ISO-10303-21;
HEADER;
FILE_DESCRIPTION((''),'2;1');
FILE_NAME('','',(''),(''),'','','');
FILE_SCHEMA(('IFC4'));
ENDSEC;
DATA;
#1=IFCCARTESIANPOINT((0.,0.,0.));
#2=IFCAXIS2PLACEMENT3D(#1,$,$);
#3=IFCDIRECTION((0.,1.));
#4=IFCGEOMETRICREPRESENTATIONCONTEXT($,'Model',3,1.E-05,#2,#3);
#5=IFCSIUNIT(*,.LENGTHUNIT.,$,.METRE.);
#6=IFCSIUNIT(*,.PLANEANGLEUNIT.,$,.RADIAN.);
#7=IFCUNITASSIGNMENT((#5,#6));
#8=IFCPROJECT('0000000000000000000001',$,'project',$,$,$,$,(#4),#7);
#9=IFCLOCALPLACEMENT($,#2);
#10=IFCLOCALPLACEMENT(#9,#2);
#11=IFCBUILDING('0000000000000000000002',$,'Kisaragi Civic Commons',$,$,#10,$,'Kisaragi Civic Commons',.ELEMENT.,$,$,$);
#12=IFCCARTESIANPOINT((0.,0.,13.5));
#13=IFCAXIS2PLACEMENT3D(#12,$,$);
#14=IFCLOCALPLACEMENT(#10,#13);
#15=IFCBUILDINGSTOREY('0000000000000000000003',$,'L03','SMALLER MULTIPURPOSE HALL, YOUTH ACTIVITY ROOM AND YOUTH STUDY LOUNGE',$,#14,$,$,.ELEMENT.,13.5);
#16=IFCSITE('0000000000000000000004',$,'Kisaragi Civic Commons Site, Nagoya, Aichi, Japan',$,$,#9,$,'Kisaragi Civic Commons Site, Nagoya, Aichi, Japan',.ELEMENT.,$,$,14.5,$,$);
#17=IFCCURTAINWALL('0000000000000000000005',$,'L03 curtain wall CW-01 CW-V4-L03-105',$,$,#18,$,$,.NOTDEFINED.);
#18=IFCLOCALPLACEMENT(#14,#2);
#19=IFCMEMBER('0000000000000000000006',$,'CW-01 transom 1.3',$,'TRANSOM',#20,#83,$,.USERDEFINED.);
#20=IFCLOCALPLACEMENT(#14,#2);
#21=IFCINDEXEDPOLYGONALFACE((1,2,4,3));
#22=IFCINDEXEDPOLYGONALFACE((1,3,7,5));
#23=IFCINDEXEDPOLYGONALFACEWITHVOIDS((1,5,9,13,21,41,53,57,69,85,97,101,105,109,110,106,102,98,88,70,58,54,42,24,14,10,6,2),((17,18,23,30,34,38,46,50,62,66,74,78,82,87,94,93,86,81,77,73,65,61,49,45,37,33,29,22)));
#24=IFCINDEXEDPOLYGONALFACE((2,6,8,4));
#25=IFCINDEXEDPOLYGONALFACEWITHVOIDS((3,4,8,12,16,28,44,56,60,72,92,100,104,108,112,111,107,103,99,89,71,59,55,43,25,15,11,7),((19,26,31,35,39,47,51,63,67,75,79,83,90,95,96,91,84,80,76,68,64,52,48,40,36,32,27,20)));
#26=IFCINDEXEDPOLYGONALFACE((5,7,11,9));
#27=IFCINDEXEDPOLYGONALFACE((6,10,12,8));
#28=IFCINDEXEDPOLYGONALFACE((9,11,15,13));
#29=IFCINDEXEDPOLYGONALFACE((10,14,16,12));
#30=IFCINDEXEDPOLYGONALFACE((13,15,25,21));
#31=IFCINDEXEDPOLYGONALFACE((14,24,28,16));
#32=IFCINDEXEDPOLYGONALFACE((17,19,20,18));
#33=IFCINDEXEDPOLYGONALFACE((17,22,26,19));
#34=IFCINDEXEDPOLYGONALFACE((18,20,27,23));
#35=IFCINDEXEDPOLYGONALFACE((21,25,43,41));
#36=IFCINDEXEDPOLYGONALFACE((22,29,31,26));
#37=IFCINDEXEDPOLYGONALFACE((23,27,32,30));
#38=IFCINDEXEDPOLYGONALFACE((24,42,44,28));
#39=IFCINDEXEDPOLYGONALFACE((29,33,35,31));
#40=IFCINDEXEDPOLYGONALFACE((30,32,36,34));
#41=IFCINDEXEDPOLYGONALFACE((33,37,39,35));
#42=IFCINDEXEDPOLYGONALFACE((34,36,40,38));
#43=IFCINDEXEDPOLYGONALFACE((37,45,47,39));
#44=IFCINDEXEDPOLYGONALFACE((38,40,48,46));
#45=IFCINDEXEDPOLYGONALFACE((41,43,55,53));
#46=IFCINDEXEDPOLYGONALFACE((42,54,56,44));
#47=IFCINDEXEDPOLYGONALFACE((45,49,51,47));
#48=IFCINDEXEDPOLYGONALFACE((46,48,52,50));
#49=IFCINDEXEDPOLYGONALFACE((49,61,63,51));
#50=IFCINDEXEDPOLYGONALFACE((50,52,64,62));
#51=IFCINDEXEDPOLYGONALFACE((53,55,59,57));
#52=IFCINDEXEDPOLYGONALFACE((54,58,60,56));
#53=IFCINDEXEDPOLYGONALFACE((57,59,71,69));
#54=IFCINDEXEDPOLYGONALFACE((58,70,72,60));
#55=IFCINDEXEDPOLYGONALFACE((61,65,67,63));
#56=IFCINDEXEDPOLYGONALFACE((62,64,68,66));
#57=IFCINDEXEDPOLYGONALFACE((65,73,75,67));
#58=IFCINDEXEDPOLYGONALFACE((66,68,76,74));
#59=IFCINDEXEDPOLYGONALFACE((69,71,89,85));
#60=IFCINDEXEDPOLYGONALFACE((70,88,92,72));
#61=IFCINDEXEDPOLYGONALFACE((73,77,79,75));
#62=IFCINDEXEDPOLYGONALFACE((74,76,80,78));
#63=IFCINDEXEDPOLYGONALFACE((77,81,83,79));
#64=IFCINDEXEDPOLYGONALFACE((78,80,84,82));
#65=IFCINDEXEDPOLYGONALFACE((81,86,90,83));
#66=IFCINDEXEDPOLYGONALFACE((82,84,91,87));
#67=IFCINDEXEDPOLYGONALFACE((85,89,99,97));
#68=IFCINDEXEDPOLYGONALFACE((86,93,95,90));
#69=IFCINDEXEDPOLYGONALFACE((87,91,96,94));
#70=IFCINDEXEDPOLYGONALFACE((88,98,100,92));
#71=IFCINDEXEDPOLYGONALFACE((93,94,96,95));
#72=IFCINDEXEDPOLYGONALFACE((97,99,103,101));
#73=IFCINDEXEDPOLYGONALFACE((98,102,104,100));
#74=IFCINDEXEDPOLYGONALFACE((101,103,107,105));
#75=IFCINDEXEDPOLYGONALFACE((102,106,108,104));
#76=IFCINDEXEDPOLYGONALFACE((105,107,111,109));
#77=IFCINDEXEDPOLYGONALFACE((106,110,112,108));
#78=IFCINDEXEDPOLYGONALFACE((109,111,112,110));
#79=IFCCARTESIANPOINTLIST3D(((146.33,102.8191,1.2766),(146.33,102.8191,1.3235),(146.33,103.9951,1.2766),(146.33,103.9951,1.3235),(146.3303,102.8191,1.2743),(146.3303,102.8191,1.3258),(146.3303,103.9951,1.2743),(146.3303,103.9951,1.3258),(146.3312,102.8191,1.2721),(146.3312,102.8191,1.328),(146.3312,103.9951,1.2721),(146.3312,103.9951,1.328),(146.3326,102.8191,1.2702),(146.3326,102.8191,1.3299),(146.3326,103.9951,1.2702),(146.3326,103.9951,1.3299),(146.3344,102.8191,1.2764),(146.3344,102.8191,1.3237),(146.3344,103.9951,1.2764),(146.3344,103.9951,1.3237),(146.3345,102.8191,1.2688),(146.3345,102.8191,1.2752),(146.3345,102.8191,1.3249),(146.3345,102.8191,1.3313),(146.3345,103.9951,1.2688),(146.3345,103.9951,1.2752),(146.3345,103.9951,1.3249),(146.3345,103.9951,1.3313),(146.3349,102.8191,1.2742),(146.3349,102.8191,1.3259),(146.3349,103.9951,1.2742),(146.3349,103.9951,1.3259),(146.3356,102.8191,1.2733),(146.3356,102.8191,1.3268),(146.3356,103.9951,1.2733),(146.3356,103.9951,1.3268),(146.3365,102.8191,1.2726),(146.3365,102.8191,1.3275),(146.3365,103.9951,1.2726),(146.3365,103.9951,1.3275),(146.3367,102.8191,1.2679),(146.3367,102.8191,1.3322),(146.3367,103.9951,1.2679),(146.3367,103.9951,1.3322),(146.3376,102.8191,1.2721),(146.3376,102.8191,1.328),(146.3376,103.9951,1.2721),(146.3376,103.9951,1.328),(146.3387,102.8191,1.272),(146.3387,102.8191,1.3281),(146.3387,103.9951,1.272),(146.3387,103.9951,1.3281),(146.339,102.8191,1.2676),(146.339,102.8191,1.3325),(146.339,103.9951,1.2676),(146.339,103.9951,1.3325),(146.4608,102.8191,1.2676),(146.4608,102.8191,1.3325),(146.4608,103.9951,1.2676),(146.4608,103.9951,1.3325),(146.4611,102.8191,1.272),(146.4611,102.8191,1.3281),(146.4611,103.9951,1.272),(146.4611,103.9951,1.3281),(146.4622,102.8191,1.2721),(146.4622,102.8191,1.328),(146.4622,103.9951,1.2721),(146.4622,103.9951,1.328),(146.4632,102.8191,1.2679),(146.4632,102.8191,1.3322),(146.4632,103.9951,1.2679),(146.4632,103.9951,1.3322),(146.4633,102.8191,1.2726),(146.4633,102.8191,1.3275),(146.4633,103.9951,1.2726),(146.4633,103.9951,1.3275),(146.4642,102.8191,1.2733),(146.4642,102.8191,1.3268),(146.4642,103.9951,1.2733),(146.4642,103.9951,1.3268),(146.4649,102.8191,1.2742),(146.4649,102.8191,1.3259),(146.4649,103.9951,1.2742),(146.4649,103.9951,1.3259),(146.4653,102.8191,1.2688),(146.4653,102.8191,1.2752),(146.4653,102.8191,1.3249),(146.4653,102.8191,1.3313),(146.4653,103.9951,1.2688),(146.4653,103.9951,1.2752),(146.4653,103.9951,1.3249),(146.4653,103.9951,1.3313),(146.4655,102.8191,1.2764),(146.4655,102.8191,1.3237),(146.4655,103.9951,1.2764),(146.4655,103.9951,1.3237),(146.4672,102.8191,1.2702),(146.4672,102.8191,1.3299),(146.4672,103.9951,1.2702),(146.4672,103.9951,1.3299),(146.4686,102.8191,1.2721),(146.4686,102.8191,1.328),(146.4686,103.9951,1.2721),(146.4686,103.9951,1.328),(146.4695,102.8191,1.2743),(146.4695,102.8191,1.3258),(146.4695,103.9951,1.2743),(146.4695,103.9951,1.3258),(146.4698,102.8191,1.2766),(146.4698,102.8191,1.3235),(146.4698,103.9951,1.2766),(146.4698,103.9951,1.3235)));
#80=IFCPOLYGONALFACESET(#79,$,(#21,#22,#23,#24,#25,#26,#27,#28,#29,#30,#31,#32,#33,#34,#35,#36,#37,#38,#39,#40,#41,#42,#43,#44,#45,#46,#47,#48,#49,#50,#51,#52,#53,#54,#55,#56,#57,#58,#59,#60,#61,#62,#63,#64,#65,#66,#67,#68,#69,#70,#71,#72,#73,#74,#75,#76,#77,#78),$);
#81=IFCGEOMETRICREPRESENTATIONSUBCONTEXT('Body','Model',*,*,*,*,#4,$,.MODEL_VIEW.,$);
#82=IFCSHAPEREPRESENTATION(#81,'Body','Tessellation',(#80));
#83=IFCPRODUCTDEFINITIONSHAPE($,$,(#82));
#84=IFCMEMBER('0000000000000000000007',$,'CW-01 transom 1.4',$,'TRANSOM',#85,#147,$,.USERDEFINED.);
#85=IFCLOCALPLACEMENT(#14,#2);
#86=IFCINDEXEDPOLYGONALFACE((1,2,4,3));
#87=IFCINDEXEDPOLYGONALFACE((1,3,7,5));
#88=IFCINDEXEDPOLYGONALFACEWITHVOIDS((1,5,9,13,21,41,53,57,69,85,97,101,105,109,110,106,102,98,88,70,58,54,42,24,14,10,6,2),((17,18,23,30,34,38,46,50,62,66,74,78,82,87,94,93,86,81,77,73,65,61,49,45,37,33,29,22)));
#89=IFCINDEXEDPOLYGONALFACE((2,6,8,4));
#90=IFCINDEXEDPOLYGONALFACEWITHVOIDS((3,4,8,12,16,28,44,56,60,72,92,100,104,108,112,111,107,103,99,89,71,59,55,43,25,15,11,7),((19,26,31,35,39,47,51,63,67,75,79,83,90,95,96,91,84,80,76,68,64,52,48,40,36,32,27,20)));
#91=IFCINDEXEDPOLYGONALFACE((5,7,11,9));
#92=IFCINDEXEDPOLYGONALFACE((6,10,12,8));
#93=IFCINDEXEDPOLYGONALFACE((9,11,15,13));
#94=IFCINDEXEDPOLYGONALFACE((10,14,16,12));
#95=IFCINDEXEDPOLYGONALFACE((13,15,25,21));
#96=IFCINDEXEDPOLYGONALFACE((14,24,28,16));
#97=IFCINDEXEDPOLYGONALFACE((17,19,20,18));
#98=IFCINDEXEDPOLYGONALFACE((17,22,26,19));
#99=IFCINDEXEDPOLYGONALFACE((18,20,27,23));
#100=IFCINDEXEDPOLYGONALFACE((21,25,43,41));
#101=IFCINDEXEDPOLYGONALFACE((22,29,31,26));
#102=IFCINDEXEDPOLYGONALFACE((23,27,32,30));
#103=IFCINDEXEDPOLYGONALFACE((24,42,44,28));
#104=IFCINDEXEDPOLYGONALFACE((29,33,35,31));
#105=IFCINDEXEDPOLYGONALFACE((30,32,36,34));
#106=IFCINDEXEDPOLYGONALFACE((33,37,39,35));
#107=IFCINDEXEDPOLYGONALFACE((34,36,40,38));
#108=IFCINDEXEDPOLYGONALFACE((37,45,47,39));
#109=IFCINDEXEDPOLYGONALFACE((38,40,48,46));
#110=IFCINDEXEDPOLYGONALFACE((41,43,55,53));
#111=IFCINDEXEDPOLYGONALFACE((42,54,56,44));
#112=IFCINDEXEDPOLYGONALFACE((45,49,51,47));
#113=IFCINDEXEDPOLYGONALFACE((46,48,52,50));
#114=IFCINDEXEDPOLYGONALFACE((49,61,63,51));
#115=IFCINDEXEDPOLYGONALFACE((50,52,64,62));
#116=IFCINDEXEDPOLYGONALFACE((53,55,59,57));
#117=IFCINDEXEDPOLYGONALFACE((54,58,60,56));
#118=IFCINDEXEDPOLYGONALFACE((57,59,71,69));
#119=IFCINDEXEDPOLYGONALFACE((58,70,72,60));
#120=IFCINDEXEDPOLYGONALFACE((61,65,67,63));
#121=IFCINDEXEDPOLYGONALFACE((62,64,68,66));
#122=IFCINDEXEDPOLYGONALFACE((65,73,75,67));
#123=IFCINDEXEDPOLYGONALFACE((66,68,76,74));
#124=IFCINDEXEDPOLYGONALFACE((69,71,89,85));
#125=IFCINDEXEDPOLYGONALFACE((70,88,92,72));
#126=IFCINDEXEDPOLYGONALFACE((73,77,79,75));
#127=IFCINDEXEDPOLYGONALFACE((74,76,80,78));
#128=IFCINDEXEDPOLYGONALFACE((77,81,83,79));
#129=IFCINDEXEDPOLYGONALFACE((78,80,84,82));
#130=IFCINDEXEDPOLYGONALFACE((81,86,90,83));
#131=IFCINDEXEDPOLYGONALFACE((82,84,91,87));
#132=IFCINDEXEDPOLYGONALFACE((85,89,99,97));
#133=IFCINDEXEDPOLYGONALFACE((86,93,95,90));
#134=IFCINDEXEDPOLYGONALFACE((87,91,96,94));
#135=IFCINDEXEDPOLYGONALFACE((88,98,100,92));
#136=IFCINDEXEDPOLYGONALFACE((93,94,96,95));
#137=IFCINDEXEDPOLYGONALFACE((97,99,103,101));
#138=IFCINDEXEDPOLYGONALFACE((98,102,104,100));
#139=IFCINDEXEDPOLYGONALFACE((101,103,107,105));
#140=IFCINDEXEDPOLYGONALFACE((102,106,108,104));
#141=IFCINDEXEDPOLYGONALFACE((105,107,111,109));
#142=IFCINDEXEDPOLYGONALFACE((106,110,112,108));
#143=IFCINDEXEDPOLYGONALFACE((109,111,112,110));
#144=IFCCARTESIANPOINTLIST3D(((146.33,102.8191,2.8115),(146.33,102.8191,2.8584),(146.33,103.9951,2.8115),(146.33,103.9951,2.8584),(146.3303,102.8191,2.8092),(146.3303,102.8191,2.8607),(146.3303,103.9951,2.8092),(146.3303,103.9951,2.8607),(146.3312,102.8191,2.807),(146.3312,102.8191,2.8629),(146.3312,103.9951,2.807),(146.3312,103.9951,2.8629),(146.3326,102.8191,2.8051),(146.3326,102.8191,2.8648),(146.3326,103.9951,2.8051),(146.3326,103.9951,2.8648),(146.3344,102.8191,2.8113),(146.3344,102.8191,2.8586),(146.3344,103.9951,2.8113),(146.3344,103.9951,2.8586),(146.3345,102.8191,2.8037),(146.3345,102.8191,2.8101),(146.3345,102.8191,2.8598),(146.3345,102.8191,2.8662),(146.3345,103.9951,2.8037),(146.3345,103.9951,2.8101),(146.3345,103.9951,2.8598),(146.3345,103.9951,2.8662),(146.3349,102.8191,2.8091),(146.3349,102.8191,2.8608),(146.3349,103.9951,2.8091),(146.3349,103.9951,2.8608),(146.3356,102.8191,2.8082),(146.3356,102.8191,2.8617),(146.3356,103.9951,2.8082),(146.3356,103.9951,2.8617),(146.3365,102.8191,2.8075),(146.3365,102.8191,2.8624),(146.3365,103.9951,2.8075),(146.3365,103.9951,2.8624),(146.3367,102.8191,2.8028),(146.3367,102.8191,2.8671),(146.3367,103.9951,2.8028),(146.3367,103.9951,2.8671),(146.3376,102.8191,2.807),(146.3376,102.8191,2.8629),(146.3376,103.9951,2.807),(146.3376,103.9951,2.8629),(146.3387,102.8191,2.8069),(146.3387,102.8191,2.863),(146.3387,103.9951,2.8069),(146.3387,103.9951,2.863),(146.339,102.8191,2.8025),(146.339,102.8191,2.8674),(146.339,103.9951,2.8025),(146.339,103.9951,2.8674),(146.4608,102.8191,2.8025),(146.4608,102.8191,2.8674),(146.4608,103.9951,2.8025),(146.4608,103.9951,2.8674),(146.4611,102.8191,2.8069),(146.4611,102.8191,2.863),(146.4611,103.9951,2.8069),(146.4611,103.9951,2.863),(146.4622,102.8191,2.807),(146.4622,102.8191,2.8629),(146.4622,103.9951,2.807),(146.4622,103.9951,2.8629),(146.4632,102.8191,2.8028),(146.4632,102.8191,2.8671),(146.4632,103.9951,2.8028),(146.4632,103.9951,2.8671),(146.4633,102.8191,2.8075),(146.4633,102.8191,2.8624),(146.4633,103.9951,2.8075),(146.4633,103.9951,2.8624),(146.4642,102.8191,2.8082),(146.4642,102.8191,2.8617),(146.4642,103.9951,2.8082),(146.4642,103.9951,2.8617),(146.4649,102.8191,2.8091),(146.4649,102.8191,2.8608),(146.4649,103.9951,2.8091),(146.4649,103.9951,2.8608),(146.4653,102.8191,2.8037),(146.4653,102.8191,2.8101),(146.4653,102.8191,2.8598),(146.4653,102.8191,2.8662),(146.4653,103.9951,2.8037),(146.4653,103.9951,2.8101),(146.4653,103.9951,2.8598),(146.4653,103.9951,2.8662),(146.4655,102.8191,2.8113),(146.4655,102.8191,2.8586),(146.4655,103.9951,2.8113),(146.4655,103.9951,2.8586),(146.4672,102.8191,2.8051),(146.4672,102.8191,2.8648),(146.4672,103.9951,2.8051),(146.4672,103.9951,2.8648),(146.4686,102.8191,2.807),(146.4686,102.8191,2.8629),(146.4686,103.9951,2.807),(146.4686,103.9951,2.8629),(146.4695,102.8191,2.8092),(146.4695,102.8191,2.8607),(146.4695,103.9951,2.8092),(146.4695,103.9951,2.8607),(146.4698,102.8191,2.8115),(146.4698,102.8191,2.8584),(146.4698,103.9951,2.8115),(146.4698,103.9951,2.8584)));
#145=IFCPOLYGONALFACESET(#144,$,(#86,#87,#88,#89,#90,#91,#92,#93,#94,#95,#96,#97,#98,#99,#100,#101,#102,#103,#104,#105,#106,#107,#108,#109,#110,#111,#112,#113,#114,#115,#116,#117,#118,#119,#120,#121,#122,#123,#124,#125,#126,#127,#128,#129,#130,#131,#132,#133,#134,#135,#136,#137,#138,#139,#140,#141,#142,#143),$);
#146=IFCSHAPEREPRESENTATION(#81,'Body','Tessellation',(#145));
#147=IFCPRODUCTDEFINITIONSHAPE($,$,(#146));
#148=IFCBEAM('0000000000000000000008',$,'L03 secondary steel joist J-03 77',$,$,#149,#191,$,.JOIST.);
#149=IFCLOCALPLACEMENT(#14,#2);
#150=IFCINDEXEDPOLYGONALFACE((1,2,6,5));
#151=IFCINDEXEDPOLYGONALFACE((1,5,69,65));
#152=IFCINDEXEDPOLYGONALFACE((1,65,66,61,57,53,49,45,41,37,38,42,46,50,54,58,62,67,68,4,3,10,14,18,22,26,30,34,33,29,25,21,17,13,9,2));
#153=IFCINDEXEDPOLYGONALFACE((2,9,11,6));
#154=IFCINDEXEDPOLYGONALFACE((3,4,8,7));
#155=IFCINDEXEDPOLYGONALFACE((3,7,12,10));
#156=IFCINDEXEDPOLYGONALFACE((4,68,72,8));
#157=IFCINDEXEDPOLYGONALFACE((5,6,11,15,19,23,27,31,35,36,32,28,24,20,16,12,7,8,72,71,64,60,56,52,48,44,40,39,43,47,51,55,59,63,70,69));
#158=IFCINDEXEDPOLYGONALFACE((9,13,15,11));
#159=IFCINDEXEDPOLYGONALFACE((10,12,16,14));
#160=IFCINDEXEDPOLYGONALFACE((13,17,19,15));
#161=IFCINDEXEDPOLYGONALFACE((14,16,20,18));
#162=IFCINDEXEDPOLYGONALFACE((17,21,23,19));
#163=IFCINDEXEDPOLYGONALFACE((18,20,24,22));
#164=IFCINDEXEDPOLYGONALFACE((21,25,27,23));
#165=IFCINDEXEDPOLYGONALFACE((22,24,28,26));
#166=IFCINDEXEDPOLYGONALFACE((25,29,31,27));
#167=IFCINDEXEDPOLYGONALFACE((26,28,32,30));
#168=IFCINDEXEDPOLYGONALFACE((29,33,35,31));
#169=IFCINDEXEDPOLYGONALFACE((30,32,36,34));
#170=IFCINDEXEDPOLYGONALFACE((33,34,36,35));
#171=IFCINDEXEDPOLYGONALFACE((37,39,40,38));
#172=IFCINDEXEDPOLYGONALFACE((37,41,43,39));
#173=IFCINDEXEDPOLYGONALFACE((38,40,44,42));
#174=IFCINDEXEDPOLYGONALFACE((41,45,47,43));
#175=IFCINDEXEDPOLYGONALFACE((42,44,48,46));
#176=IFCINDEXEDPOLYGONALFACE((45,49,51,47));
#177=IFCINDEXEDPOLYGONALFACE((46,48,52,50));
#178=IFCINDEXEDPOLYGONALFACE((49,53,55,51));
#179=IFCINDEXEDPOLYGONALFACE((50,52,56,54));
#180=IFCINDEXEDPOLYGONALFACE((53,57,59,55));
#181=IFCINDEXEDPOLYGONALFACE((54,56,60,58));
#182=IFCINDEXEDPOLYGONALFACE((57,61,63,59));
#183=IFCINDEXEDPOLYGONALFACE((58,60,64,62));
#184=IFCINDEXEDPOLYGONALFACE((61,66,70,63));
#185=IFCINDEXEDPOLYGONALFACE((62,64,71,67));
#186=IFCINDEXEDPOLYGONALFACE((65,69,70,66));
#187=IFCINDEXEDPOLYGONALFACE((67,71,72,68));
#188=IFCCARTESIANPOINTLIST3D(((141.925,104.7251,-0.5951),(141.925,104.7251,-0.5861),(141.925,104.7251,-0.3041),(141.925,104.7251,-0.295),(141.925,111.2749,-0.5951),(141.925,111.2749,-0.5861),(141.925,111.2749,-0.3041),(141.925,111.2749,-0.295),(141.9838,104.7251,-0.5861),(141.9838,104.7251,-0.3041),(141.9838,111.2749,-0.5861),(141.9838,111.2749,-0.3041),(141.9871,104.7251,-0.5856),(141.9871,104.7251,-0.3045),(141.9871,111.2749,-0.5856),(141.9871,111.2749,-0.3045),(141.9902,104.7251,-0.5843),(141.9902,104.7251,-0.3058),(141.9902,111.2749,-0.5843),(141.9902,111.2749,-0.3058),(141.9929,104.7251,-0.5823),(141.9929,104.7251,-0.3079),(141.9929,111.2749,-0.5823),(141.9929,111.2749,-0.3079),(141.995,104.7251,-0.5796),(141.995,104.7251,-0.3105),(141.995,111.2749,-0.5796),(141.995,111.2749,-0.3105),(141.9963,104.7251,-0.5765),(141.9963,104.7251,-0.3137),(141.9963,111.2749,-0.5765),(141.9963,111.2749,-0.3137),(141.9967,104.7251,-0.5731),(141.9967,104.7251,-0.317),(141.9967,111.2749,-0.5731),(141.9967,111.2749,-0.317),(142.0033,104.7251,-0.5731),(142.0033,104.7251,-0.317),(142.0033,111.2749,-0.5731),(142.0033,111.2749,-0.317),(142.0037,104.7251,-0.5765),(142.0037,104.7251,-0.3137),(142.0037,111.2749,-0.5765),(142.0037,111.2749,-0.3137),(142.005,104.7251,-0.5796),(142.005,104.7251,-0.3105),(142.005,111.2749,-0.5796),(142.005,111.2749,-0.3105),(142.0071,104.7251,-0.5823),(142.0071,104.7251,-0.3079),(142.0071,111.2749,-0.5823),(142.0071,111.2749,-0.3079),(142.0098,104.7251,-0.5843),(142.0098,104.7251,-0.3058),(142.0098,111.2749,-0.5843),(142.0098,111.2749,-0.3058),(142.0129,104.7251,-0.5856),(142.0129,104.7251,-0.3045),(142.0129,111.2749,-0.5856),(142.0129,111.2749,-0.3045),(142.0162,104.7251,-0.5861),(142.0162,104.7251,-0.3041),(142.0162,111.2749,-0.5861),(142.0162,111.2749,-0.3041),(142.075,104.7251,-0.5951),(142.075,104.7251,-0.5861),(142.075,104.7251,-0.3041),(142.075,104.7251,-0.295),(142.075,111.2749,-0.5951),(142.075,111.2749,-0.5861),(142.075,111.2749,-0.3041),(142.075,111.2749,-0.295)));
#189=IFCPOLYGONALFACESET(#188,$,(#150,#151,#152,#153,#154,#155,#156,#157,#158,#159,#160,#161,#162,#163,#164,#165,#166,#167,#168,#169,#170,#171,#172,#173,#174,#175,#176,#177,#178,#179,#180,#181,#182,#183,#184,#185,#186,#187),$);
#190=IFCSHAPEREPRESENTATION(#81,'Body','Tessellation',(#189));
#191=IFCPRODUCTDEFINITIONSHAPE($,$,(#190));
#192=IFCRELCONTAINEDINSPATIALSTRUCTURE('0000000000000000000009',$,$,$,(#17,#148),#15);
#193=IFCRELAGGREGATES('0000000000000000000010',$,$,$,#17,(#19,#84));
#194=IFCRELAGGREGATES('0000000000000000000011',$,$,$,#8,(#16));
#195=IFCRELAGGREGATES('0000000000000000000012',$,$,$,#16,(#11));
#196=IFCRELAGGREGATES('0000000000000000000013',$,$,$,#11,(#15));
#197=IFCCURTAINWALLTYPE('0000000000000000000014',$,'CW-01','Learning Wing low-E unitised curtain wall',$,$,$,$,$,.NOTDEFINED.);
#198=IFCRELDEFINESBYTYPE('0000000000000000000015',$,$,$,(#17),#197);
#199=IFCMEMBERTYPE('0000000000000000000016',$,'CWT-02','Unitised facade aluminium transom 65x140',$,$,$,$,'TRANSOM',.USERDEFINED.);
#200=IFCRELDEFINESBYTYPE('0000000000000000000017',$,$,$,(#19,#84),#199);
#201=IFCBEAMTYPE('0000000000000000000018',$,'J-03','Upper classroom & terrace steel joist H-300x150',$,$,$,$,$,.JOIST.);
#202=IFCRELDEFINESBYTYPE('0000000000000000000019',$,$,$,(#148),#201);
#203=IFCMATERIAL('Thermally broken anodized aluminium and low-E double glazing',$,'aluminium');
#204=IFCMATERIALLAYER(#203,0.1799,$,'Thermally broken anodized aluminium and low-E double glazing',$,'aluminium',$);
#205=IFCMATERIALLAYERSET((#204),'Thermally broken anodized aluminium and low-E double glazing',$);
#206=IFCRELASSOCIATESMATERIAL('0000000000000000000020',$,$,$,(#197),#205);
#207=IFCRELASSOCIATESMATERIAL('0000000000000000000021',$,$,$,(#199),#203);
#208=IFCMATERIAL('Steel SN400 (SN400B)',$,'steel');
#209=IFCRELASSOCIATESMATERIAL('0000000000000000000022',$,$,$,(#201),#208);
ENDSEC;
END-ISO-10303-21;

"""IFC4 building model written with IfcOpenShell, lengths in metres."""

from ifc_helpers import new_model, si_unit, direction, frame, origin, origin_2d, place, context, subcontext, project, spatial, hollow_rectangle, i_section, extrude, material, layer, layer_set, material_profile, profile_set, type_object, element, aggregate, save


model = new_model("IFC4")

# Units and contexts
model_context = context("Model", 3, precision=1e-05, world=origin(), true_north=direction((0.0, 1.0)))
body_context = subcontext(model_context, "Body", "Model", "MODEL_VIEW")
ifc_project = project(units=[si_unit("LENGTHUNIT", "METRE"), si_unit("PLANEANGLEUNIT", "RADIAN")], contexts=[model_context])

# Site, building, storey
site_placement = place(None, origin())
site = spatial("IfcSite", under=ifc_project, at=site_placement, Name="Kisaragi Civic Commons Site, Nagoya, Aichi, Japan", LongName="Kisaragi Civic Commons Site, Nagoya, Aichi, Japan", CompositionType="ELEMENT", RefElevation=14.5)
building_placement = place(site_placement, origin())
building = spatial("IfcBuilding", under=site, at=building_placement, Name="Kisaragi Civic Commons", LongName="Kisaragi Civic Commons", CompositionType="ELEMENT")
storey_placement = place(building_placement, frame((0.0, 0.0, 13.5)))
storey = spatial("IfcBuildingStorey", under=building, at=storey_placement, Name="L03", Description="SMALLER MULTIPURPOSE HALL, YOUTH ACTIVITY ROOM AND YOUTH STUDY LOUNGE", CompositionType="ELEMENT", Elevation=13.5)

# Shared definitions
ifc_material_1 = material(Name="Thermally broken anodized aluminium and low-E double glazing", Category="aluminium")
ifc_layer_1 = layer(ifc_material_1, 0.1799, Name="Thermally broken anodized aluminium and low-E double glazing", Category="aluminium")
ifc_layer_set_1 = layer_set([ifc_layer_1], Name="Thermally broken anodized aluminium and low-E double glazing")
curtain_wall_type = type_object("IfcCurtainWallType", Name="CW-01", Description="Learning Wing low-E unitised curtain wall", PredefinedType="NOTDEFINED", material=ifc_layer_set_1)

# Curtain wall
curtain_wall_1_placement = place(storey_placement, origin())
curtain_wall_1 = element("IfcCurtainWall", 1, at=curtain_wall_1_placement, inside=storey, type_object=curtain_wall_type, Name="L03 curtain wall CW-01 CW-V4-L03-105", PredefinedType="NOTDEFINED")

# Members
ifc_material_profile_1 = material_profile(ifc_material_1, hollow_rectangle(XDim=0.1399, YDim=0.0649, WallThickness=0.0044, InnerFilletRadius=0.0044, OuterFilletRadius=0.009, at=origin_2d()), Name="CWT-65x140x4.5", Category="aluminium")
ifc_profile_set_1 = profile_set([ifc_material_profile_1], Name="Thermally broken anodized aluminium and low-E double glazing")
member_type_1 = type_object("IfcMemberType", Name="CWT-02", Description="Unitised facade aluminium transom 65x140", ElementType="TRANSOM", PredefinedType="USERDEFINED", material=ifc_profile_set_1)
member_1_placement = place(storey_placement, frame((146.3999, 103.9951, 1.3), z_axis=(0.0, -1.0, 0.0), x_axis=(1.0, 0.0, 0.0)))
member_1 = element("IfcMember", 2, at=member_1_placement, type_object=member_type_1, Name="CW-01 transom 1.3", ObjectType="TRANSOM", PredefinedType="USERDEFINED", context=body_context, shape_type="SweptSolid", body=[
    extrude(hollow_rectangle(XDim=0.1399, YDim=0.0649, WallThickness=0.0044, InnerFilletRadius=0.0044, OuterFilletRadius=0.009, at=origin_2d()), origin(), (0.0, 0.0, 1.0), 1.176),
])
member_2_placement = place(storey_placement, frame((146.3999, 103.9951, 2.835), z_axis=(0.0, -1.0, 0.0), x_axis=(1.0, 0.0, 0.0)))
member_2 = element("IfcMember", 3, at=member_2_placement, type_object=member_type_1, Name="CW-01 transom 1.4", ObjectType="TRANSOM", PredefinedType="USERDEFINED", context=body_context, shape_type="SweptSolid", body=[
    extrude(hollow_rectangle(XDim=0.1399, YDim=0.0649, WallThickness=0.0044, InnerFilletRadius=0.0044, OuterFilletRadius=0.009, at=origin_2d()), origin(), (0.0, 0.0, 1.0), 1.176),
])
aggregate(curtain_wall_1, [member_1, member_2])

# Beam
ifc_material_2 = material(Name="Steel SN400 (SN400B)", Category="steel")
ifc_material_profile_2 = material_profile(ifc_material_2, i_section(OverallWidth=0.1499, OverallDepth=0.3, WebThickness=0.0066, FlangeThickness=0.009, FilletRadius=0.0129, at=origin_2d()), Name="H-300x150x6.5x9", Category="steel")
ifc_profile_set_2 = profile_set([ifc_material_profile_2], Name="Steel SN400 (SN400B)")
beam_type = type_object("IfcBeamType", Name="J-03", Description="Upper classroom & terrace steel joist H-300x150", PredefinedType="JOIST", material=ifc_profile_set_2)
beam_1_placement = place(storey_placement, frame((142.0, 104.7251, -0.4451), z_axis=(0.0, 1.0, 0.0), x_axis=(-1.0, 0.0, 0.0)))
element("IfcBeam", 4, at=beam_1_placement, inside=storey, type_object=beam_type, Name="L03 secondary steel joist J-03 77", PredefinedType="JOIST", context=body_context, shape_type="SweptSolid", body=[
    extrude(i_section(OverallWidth=0.1499, OverallDepth=0.3, WebThickness=0.0066, FlangeThickness=0.009, FilletRadius=0.0129, at=origin_2d()), origin(), (0.0, 0.0, 1.0), 6.5498),
])

save(model, "model.ifc")
